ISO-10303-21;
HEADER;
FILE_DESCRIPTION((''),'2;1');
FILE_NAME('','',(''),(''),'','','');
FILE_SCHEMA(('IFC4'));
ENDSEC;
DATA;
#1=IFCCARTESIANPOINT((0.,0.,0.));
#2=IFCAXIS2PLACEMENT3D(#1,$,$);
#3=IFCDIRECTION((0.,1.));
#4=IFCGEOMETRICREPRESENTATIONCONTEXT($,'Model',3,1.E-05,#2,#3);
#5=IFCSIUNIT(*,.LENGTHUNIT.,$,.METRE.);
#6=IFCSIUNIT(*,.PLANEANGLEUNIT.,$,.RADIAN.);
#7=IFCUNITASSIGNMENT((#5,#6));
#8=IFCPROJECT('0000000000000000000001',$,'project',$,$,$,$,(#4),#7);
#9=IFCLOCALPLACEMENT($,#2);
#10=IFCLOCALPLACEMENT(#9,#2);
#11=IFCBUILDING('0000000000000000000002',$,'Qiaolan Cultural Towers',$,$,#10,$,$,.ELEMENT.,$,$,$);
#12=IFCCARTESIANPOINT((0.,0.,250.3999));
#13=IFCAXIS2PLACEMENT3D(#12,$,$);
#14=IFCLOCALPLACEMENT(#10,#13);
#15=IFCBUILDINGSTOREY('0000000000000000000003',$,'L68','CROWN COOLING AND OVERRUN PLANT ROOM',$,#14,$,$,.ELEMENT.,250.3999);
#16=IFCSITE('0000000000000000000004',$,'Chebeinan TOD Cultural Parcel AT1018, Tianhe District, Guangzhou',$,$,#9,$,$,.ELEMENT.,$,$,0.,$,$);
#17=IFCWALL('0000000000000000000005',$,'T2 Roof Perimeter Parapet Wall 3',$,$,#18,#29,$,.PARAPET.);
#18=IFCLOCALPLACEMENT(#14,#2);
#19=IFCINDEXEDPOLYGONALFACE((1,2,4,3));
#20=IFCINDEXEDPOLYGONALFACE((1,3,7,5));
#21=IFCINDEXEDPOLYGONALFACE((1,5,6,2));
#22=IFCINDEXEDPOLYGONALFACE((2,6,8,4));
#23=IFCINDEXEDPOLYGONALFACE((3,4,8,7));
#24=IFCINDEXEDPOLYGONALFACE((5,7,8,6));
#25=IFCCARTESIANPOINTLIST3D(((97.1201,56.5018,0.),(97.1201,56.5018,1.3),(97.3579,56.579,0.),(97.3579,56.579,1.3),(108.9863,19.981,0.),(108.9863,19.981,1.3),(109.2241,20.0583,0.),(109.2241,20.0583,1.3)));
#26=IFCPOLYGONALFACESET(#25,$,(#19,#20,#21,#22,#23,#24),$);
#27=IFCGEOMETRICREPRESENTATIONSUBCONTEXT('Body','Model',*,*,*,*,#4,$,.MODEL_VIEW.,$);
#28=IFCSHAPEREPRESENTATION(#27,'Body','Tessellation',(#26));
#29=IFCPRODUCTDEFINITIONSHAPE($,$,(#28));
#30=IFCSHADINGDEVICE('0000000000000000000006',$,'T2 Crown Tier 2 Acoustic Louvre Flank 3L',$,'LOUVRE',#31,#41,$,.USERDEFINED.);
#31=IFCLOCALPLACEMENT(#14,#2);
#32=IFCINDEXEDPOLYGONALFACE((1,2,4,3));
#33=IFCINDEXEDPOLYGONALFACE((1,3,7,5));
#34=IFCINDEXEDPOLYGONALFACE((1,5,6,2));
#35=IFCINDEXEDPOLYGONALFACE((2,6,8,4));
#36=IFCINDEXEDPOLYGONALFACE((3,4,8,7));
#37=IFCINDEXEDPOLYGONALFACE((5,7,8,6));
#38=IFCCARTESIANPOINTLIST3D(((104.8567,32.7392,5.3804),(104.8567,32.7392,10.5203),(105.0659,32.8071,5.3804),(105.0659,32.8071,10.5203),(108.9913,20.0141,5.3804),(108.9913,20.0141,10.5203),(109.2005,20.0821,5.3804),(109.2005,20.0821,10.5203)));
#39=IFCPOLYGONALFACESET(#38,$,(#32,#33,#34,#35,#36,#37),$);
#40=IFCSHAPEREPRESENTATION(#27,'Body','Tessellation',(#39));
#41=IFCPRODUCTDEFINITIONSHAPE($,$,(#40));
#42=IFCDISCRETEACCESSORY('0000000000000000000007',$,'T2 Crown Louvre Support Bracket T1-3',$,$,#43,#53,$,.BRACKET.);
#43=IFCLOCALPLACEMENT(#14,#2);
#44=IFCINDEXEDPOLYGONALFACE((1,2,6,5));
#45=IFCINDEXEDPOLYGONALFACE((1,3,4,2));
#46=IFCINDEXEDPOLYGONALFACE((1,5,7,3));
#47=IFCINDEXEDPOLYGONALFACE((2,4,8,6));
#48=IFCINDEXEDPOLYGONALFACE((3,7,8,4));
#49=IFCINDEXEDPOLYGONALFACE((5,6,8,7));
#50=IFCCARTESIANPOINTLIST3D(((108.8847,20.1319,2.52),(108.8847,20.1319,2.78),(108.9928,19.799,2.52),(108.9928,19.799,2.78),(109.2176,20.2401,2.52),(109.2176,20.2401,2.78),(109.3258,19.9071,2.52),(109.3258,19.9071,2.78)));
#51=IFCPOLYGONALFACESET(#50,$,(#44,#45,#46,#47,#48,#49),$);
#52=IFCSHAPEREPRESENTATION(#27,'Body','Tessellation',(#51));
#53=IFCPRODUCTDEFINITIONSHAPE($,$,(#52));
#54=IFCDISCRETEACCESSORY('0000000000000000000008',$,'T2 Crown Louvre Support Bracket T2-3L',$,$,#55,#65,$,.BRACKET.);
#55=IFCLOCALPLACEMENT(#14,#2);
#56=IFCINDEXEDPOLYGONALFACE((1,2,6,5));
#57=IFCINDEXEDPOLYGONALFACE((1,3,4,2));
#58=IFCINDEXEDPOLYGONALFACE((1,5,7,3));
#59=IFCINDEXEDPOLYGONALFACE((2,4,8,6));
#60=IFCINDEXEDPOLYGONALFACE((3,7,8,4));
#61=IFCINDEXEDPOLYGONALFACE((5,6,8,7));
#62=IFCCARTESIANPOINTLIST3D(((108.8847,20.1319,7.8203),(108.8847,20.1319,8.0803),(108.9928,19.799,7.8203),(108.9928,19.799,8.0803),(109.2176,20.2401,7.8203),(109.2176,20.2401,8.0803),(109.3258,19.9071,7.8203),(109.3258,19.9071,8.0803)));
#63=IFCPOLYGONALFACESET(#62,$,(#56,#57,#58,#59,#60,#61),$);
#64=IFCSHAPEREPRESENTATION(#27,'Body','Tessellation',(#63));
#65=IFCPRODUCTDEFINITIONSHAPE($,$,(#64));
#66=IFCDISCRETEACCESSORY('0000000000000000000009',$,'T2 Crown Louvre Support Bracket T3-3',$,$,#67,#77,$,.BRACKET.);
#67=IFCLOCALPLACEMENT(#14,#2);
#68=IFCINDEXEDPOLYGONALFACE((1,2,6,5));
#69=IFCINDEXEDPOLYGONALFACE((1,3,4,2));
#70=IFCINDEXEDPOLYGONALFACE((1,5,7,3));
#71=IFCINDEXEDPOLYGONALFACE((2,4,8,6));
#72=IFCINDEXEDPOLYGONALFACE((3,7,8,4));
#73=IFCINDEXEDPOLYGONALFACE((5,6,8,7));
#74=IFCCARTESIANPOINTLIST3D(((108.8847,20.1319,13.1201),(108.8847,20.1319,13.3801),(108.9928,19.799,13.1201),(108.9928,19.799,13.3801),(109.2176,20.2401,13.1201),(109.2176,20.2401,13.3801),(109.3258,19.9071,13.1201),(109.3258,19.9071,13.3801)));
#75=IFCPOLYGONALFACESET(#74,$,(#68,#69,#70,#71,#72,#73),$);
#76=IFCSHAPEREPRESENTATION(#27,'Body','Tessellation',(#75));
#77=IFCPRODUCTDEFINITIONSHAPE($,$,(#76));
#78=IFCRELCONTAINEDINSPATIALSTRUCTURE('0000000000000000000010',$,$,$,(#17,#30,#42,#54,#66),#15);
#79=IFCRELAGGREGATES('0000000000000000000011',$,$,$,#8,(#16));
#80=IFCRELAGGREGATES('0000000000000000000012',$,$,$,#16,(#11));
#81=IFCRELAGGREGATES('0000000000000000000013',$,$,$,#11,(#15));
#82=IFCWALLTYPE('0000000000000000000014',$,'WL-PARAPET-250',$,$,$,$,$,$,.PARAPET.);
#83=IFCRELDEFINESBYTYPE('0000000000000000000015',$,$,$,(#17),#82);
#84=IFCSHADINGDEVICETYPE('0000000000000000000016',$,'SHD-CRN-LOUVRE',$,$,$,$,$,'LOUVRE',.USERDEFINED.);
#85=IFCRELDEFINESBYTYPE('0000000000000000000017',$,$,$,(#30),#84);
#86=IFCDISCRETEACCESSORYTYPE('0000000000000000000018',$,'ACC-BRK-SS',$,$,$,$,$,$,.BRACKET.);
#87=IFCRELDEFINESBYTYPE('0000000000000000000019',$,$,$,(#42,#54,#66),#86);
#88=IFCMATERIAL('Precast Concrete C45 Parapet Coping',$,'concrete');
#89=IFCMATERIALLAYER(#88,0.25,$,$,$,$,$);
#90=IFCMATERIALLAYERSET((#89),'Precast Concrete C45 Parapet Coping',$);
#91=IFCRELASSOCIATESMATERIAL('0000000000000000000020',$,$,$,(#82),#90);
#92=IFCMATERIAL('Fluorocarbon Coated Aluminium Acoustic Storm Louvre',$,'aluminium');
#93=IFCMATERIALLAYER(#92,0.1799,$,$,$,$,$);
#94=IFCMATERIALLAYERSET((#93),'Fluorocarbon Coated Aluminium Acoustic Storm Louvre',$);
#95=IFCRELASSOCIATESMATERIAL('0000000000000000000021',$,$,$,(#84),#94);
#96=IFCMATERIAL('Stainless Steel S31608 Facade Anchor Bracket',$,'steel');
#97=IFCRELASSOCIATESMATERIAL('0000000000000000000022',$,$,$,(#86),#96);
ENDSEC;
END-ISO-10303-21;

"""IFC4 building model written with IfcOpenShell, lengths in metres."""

from ifc_helpers import new_model, si_unit, direction, frame, frame_2d, origin, origin_2d, place, context, subcontext, project, spatial, rectangle, extrude, material, layer, layer_set, type_object, element, save


model = new_model("IFC4")

# Units and contexts
model_context = context("Model", 3, precision=1e-05, world=origin(), true_north=direction((0.0, 1.0)))
body_context = subcontext(model_context, "Body", "Model", "MODEL_VIEW")
ifc_project = project(units=[si_unit("LENGTHUNIT", "METRE"), si_unit("PLANEANGLEUNIT", "RADIAN")], contexts=[model_context])

# Site, building, storey
site_placement = place(None, origin())
site = spatial("IfcSite", under=ifc_project, at=site_placement, Name="Chebeinan TOD Cultural Parcel AT1018, Tianhe District, Guangzhou", CompositionType="ELEMENT", RefElevation=0.0)
building_placement = place(site_placement, origin())
building = spatial("IfcBuilding", under=site, at=building_placement, Name="Qiaolan Cultural Towers", CompositionType="ELEMENT")
storey_placement = place(building_placement, frame((0.0, 0.0, 250.3999)))
storey = spatial("IfcBuildingStorey", under=building, at=storey_placement, Name="L68", Description="CROWN COOLING AND OVERRUN PLANT ROOM", CompositionType="ELEMENT", Elevation=250.3999)

# Wall
ifc_material_1 = material(Name="Precast Concrete C45 Parapet Coping", Category="concrete")
ifc_layer_1 = layer(ifc_material_1, 0.25)
ifc_layer_set_1 = layer_set([ifc_layer_1], Name="Precast Concrete C45 Parapet Coping")
wall_type = type_object("IfcWallType", Name="WL-PARAPET-250", PredefinedType="PARAPET", material=ifc_layer_set_1)
wall_placement = place(storey_placement, frame((109.1052, 20.0195, 0.0), z_axis=(0.0, 0.0, 1.0), x_axis=(-0.309015, 0.951057, 0.0)))
element("IfcWall", 1, at=wall_placement, inside=storey, type_object=wall_type, Name="T2 Roof Perimeter Parapet Wall 3", PredefinedType="PARAPET", context=body_context, shape_type="SweptSolid", body=[
    extrude(rectangle(XDim=38.4001, YDim=0.25, at=frame_2d((19.2002, 0.0))), origin(), (0.0, 0.0, 1.0), 1.3),
])

# Shading device
ifc_material_2 = material(Name="Fluorocarbon Coated Aluminium Acoustic Storm Louvre", Category="aluminium")
ifc_layer_2 = layer(ifc_material_2, 0.1799)
ifc_layer_set_2 = layer_set([ifc_layer_2], Name="Fluorocarbon Coated Aluminium Acoustic Storm Louvre")
shading_device_type = type_object("IfcShadingDeviceType", Name="SHD-CRN-LOUVRE", ElementType="LOUVRE", PredefinedType="USERDEFINED", material=ifc_layer_set_2)
shading_device_placement = place(storey_placement, frame((107.0286, 26.4106, 5.3804), z_axis=(0.0, 0.0, 1.0), x_axis=(-0.309017, 0.951057, 0.0)))
element("IfcShadingDevice", 2, at=shading_device_placement, inside=storey, type_object=shading_device_type, Name="T2 Crown Tier 2 Acoustic Louvre Flank 3L", ObjectType="LOUVRE", PredefinedType="USERDEFINED", context=body_context, shape_type="SweptSolid", body=[
    extrude(rectangle(XDim=13.3799, YDim=0.22, at=origin_2d()), origin(), (0.0, 0.0, 1.0), 5.1399),
])

# Discrete accessories
ifc_material_3 = material(Name="Stainless Steel S31608 Facade Anchor Bracket", Category="steel")
discrete_accessory_type = type_object("IfcDiscreteAccessoryType", Name="ACC-BRK-SS", PredefinedType="BRACKET", material=ifc_material_3)
for number, where, z_axis, x_axis, name in (
    (3, (109.1052, 20.0195, 2.52), (0.0, 0.0, 1.0), (-0.309017, 0.951057, 0.0), "T2 Crown Louvre Support Bracket T1-3"),
    (4, (109.1052, 20.0195, 7.8203), (0.0, 0.0, 1.0), (-0.309017, 0.951057, 0.0), "T2 Crown Louvre Support Bracket T2-3L"),
    (5, (109.1052, 20.0195, 13.1201), (0.0, 0.0, 1.0), (-0.309017, 0.951057, 0.0), "T2 Crown Louvre Support Bracket T3-3"),
):
    element("IfcDiscreteAccessory", number, at=place(storey_placement, frame(where, z_axis=z_axis, x_axis=x_axis)), inside=storey, type_object=discrete_accessory_type, Name=name, PredefinedType="BRACKET", context=body_context, shape_type="SweptSolid", body=[
        extrude(rectangle(XDim=0.3501, YDim=0.3501, at=origin_2d()), origin(), (0.0, 0.0, 1.0), 0.26),
    ])

save(model, "model.ifc")
